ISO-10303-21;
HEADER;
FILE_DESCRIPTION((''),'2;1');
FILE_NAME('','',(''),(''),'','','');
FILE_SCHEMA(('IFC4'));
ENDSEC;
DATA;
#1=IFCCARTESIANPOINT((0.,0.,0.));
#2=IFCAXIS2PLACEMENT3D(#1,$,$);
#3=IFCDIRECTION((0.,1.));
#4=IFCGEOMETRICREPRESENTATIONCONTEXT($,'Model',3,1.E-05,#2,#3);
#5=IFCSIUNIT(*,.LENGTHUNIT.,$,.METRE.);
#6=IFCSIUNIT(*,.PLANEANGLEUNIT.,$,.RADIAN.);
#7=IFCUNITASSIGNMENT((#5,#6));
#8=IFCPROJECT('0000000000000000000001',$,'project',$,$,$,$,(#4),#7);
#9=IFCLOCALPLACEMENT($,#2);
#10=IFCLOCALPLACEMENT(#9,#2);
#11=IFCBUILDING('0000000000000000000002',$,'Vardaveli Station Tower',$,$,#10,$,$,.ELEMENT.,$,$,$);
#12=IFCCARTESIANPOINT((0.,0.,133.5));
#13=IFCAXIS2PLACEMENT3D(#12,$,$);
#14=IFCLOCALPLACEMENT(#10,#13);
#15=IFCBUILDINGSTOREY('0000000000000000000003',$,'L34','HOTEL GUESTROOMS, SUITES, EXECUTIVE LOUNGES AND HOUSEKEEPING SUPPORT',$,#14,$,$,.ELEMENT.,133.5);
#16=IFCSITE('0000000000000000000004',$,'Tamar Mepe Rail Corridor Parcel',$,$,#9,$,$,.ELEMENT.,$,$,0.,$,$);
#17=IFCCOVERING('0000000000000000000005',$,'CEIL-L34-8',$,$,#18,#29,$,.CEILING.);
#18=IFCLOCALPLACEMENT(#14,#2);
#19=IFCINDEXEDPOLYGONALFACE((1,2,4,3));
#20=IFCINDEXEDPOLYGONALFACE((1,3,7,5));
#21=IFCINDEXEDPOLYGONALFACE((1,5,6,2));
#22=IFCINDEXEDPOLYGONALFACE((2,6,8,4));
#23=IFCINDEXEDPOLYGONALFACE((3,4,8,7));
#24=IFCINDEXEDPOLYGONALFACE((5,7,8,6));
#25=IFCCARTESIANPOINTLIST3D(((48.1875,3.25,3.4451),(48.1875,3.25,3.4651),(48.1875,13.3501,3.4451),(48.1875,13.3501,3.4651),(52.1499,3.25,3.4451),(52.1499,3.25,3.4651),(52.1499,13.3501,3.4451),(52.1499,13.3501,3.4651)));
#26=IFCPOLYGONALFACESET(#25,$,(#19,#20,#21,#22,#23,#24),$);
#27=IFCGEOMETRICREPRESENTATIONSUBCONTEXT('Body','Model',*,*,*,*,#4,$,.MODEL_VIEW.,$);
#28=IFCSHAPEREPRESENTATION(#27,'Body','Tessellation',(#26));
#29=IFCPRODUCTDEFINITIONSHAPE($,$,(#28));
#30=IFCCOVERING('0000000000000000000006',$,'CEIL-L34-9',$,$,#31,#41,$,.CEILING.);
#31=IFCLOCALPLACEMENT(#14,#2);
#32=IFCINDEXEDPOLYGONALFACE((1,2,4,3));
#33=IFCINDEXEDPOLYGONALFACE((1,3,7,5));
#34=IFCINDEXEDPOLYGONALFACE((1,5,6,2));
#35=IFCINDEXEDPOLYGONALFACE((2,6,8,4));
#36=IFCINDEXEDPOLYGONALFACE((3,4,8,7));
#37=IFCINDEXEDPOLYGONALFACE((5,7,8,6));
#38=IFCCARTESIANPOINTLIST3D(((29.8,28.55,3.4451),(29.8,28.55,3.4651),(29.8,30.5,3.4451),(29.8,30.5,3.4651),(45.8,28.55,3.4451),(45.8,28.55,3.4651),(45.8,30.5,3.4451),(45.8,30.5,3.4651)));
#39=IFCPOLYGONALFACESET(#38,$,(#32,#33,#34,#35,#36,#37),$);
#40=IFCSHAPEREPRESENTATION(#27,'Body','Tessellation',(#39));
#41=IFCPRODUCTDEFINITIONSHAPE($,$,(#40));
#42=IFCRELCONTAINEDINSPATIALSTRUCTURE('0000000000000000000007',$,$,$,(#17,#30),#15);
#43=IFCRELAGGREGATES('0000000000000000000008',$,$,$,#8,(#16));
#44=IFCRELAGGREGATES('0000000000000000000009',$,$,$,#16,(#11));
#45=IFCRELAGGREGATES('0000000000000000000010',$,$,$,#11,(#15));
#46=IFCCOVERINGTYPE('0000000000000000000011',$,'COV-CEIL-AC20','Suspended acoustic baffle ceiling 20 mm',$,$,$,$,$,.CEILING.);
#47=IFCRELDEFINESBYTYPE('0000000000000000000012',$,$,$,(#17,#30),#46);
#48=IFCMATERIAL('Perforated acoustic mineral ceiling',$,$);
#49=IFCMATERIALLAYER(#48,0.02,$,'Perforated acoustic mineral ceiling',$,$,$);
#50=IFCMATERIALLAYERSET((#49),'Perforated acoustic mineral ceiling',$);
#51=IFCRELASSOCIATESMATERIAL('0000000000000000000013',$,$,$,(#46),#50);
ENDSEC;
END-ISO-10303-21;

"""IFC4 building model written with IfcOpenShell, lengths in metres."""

from ifc_helpers import new_model, si_unit, direction, frame, origin, place, context, subcontext, project, spatial, polyline, outline, extrude, material, layer, layer_set, type_object, element, save


model = new_model("IFC4")

# Units and contexts
model_context = context("Model", 3, precision=1e-05, world=origin(), true_north=direction((0.0, 1.0)))
body_context = subcontext(model_context, "Body", "Model", "MODEL_VIEW")
ifc_project = project(units=[si_unit("LENGTHUNIT", "METRE"), si_unit("PLANEANGLEUNIT", "RADIAN")], contexts=[model_context])

# Site, building, storey
site_placement = place(None, origin())
site = spatial("IfcSite", under=ifc_project, at=site_placement, Name="Tamar Mepe Rail Corridor Parcel", CompositionType="ELEMENT", RefElevation=0.0)
building_placement = place(site_placement, origin())
building = spatial("IfcBuilding", under=site, at=building_placement, Name="Vardaveli Station Tower", CompositionType="ELEMENT")
storey_placement = place(building_placement, frame((0.0, 0.0, 133.5)))
storey = spatial("IfcBuildingStorey", under=building, at=storey_placement, Name="L34", Description="HOTEL GUESTROOMS, SUITES, EXECUTIVE LOUNGES AND HOUSEKEEPING SUPPORT", CompositionType="ELEMENT", Elevation=133.5)

# Coverings
ifc_material_1 = material(Name="Perforated acoustic mineral ceiling")
ifc_layer_1 = layer(ifc_material_1, 0.02, Name="Perforated acoustic mineral ceiling")
ifc_layer_set_1 = layer_set([ifc_layer_1], Name="Perforated acoustic mineral ceiling")
covering_type = type_object("IfcCoveringType", Name="COV-CEIL-AC20", Description="Suspended acoustic baffle ceiling 20 mm", PredefinedType="CEILING", material=ifc_layer_set_1)
covering_1_placement = place(storey_placement, frame((0.0, 0.0, 3.4451)))
element("IfcCovering", 1, at=covering_1_placement, inside=storey, type_object=covering_type, Name="CEIL-L34-8", PredefinedType="CEILING", context=body_context, shape_type="SweptSolid", body=[
    extrude(outline(polyline([(48.1875, 3.25), (52.1499, 3.25), (52.1499, 13.3501), (48.1875, 13.3501), (48.1875, 3.25)])), origin(), (0.0, 0.0, 1.0), 0.02),
])
covering_2_placement = place(storey_placement, frame((0.0, 0.0, 3.4451)))
element("IfcCovering", 2, at=covering_2_placement, inside=storey, type_object=covering_type, Name="CEIL-L34-9", PredefinedType="CEILING", context=body_context, shape_type="SweptSolid", body=[
    extrude(outline(polyline([(29.8, 28.55), (45.8, 28.55), (45.8, 30.5), (29.8, 30.5), (29.8, 28.55)])), origin(), (0.0, 0.0, 1.0), 0.02),
])

save(model, "model.ifc")
